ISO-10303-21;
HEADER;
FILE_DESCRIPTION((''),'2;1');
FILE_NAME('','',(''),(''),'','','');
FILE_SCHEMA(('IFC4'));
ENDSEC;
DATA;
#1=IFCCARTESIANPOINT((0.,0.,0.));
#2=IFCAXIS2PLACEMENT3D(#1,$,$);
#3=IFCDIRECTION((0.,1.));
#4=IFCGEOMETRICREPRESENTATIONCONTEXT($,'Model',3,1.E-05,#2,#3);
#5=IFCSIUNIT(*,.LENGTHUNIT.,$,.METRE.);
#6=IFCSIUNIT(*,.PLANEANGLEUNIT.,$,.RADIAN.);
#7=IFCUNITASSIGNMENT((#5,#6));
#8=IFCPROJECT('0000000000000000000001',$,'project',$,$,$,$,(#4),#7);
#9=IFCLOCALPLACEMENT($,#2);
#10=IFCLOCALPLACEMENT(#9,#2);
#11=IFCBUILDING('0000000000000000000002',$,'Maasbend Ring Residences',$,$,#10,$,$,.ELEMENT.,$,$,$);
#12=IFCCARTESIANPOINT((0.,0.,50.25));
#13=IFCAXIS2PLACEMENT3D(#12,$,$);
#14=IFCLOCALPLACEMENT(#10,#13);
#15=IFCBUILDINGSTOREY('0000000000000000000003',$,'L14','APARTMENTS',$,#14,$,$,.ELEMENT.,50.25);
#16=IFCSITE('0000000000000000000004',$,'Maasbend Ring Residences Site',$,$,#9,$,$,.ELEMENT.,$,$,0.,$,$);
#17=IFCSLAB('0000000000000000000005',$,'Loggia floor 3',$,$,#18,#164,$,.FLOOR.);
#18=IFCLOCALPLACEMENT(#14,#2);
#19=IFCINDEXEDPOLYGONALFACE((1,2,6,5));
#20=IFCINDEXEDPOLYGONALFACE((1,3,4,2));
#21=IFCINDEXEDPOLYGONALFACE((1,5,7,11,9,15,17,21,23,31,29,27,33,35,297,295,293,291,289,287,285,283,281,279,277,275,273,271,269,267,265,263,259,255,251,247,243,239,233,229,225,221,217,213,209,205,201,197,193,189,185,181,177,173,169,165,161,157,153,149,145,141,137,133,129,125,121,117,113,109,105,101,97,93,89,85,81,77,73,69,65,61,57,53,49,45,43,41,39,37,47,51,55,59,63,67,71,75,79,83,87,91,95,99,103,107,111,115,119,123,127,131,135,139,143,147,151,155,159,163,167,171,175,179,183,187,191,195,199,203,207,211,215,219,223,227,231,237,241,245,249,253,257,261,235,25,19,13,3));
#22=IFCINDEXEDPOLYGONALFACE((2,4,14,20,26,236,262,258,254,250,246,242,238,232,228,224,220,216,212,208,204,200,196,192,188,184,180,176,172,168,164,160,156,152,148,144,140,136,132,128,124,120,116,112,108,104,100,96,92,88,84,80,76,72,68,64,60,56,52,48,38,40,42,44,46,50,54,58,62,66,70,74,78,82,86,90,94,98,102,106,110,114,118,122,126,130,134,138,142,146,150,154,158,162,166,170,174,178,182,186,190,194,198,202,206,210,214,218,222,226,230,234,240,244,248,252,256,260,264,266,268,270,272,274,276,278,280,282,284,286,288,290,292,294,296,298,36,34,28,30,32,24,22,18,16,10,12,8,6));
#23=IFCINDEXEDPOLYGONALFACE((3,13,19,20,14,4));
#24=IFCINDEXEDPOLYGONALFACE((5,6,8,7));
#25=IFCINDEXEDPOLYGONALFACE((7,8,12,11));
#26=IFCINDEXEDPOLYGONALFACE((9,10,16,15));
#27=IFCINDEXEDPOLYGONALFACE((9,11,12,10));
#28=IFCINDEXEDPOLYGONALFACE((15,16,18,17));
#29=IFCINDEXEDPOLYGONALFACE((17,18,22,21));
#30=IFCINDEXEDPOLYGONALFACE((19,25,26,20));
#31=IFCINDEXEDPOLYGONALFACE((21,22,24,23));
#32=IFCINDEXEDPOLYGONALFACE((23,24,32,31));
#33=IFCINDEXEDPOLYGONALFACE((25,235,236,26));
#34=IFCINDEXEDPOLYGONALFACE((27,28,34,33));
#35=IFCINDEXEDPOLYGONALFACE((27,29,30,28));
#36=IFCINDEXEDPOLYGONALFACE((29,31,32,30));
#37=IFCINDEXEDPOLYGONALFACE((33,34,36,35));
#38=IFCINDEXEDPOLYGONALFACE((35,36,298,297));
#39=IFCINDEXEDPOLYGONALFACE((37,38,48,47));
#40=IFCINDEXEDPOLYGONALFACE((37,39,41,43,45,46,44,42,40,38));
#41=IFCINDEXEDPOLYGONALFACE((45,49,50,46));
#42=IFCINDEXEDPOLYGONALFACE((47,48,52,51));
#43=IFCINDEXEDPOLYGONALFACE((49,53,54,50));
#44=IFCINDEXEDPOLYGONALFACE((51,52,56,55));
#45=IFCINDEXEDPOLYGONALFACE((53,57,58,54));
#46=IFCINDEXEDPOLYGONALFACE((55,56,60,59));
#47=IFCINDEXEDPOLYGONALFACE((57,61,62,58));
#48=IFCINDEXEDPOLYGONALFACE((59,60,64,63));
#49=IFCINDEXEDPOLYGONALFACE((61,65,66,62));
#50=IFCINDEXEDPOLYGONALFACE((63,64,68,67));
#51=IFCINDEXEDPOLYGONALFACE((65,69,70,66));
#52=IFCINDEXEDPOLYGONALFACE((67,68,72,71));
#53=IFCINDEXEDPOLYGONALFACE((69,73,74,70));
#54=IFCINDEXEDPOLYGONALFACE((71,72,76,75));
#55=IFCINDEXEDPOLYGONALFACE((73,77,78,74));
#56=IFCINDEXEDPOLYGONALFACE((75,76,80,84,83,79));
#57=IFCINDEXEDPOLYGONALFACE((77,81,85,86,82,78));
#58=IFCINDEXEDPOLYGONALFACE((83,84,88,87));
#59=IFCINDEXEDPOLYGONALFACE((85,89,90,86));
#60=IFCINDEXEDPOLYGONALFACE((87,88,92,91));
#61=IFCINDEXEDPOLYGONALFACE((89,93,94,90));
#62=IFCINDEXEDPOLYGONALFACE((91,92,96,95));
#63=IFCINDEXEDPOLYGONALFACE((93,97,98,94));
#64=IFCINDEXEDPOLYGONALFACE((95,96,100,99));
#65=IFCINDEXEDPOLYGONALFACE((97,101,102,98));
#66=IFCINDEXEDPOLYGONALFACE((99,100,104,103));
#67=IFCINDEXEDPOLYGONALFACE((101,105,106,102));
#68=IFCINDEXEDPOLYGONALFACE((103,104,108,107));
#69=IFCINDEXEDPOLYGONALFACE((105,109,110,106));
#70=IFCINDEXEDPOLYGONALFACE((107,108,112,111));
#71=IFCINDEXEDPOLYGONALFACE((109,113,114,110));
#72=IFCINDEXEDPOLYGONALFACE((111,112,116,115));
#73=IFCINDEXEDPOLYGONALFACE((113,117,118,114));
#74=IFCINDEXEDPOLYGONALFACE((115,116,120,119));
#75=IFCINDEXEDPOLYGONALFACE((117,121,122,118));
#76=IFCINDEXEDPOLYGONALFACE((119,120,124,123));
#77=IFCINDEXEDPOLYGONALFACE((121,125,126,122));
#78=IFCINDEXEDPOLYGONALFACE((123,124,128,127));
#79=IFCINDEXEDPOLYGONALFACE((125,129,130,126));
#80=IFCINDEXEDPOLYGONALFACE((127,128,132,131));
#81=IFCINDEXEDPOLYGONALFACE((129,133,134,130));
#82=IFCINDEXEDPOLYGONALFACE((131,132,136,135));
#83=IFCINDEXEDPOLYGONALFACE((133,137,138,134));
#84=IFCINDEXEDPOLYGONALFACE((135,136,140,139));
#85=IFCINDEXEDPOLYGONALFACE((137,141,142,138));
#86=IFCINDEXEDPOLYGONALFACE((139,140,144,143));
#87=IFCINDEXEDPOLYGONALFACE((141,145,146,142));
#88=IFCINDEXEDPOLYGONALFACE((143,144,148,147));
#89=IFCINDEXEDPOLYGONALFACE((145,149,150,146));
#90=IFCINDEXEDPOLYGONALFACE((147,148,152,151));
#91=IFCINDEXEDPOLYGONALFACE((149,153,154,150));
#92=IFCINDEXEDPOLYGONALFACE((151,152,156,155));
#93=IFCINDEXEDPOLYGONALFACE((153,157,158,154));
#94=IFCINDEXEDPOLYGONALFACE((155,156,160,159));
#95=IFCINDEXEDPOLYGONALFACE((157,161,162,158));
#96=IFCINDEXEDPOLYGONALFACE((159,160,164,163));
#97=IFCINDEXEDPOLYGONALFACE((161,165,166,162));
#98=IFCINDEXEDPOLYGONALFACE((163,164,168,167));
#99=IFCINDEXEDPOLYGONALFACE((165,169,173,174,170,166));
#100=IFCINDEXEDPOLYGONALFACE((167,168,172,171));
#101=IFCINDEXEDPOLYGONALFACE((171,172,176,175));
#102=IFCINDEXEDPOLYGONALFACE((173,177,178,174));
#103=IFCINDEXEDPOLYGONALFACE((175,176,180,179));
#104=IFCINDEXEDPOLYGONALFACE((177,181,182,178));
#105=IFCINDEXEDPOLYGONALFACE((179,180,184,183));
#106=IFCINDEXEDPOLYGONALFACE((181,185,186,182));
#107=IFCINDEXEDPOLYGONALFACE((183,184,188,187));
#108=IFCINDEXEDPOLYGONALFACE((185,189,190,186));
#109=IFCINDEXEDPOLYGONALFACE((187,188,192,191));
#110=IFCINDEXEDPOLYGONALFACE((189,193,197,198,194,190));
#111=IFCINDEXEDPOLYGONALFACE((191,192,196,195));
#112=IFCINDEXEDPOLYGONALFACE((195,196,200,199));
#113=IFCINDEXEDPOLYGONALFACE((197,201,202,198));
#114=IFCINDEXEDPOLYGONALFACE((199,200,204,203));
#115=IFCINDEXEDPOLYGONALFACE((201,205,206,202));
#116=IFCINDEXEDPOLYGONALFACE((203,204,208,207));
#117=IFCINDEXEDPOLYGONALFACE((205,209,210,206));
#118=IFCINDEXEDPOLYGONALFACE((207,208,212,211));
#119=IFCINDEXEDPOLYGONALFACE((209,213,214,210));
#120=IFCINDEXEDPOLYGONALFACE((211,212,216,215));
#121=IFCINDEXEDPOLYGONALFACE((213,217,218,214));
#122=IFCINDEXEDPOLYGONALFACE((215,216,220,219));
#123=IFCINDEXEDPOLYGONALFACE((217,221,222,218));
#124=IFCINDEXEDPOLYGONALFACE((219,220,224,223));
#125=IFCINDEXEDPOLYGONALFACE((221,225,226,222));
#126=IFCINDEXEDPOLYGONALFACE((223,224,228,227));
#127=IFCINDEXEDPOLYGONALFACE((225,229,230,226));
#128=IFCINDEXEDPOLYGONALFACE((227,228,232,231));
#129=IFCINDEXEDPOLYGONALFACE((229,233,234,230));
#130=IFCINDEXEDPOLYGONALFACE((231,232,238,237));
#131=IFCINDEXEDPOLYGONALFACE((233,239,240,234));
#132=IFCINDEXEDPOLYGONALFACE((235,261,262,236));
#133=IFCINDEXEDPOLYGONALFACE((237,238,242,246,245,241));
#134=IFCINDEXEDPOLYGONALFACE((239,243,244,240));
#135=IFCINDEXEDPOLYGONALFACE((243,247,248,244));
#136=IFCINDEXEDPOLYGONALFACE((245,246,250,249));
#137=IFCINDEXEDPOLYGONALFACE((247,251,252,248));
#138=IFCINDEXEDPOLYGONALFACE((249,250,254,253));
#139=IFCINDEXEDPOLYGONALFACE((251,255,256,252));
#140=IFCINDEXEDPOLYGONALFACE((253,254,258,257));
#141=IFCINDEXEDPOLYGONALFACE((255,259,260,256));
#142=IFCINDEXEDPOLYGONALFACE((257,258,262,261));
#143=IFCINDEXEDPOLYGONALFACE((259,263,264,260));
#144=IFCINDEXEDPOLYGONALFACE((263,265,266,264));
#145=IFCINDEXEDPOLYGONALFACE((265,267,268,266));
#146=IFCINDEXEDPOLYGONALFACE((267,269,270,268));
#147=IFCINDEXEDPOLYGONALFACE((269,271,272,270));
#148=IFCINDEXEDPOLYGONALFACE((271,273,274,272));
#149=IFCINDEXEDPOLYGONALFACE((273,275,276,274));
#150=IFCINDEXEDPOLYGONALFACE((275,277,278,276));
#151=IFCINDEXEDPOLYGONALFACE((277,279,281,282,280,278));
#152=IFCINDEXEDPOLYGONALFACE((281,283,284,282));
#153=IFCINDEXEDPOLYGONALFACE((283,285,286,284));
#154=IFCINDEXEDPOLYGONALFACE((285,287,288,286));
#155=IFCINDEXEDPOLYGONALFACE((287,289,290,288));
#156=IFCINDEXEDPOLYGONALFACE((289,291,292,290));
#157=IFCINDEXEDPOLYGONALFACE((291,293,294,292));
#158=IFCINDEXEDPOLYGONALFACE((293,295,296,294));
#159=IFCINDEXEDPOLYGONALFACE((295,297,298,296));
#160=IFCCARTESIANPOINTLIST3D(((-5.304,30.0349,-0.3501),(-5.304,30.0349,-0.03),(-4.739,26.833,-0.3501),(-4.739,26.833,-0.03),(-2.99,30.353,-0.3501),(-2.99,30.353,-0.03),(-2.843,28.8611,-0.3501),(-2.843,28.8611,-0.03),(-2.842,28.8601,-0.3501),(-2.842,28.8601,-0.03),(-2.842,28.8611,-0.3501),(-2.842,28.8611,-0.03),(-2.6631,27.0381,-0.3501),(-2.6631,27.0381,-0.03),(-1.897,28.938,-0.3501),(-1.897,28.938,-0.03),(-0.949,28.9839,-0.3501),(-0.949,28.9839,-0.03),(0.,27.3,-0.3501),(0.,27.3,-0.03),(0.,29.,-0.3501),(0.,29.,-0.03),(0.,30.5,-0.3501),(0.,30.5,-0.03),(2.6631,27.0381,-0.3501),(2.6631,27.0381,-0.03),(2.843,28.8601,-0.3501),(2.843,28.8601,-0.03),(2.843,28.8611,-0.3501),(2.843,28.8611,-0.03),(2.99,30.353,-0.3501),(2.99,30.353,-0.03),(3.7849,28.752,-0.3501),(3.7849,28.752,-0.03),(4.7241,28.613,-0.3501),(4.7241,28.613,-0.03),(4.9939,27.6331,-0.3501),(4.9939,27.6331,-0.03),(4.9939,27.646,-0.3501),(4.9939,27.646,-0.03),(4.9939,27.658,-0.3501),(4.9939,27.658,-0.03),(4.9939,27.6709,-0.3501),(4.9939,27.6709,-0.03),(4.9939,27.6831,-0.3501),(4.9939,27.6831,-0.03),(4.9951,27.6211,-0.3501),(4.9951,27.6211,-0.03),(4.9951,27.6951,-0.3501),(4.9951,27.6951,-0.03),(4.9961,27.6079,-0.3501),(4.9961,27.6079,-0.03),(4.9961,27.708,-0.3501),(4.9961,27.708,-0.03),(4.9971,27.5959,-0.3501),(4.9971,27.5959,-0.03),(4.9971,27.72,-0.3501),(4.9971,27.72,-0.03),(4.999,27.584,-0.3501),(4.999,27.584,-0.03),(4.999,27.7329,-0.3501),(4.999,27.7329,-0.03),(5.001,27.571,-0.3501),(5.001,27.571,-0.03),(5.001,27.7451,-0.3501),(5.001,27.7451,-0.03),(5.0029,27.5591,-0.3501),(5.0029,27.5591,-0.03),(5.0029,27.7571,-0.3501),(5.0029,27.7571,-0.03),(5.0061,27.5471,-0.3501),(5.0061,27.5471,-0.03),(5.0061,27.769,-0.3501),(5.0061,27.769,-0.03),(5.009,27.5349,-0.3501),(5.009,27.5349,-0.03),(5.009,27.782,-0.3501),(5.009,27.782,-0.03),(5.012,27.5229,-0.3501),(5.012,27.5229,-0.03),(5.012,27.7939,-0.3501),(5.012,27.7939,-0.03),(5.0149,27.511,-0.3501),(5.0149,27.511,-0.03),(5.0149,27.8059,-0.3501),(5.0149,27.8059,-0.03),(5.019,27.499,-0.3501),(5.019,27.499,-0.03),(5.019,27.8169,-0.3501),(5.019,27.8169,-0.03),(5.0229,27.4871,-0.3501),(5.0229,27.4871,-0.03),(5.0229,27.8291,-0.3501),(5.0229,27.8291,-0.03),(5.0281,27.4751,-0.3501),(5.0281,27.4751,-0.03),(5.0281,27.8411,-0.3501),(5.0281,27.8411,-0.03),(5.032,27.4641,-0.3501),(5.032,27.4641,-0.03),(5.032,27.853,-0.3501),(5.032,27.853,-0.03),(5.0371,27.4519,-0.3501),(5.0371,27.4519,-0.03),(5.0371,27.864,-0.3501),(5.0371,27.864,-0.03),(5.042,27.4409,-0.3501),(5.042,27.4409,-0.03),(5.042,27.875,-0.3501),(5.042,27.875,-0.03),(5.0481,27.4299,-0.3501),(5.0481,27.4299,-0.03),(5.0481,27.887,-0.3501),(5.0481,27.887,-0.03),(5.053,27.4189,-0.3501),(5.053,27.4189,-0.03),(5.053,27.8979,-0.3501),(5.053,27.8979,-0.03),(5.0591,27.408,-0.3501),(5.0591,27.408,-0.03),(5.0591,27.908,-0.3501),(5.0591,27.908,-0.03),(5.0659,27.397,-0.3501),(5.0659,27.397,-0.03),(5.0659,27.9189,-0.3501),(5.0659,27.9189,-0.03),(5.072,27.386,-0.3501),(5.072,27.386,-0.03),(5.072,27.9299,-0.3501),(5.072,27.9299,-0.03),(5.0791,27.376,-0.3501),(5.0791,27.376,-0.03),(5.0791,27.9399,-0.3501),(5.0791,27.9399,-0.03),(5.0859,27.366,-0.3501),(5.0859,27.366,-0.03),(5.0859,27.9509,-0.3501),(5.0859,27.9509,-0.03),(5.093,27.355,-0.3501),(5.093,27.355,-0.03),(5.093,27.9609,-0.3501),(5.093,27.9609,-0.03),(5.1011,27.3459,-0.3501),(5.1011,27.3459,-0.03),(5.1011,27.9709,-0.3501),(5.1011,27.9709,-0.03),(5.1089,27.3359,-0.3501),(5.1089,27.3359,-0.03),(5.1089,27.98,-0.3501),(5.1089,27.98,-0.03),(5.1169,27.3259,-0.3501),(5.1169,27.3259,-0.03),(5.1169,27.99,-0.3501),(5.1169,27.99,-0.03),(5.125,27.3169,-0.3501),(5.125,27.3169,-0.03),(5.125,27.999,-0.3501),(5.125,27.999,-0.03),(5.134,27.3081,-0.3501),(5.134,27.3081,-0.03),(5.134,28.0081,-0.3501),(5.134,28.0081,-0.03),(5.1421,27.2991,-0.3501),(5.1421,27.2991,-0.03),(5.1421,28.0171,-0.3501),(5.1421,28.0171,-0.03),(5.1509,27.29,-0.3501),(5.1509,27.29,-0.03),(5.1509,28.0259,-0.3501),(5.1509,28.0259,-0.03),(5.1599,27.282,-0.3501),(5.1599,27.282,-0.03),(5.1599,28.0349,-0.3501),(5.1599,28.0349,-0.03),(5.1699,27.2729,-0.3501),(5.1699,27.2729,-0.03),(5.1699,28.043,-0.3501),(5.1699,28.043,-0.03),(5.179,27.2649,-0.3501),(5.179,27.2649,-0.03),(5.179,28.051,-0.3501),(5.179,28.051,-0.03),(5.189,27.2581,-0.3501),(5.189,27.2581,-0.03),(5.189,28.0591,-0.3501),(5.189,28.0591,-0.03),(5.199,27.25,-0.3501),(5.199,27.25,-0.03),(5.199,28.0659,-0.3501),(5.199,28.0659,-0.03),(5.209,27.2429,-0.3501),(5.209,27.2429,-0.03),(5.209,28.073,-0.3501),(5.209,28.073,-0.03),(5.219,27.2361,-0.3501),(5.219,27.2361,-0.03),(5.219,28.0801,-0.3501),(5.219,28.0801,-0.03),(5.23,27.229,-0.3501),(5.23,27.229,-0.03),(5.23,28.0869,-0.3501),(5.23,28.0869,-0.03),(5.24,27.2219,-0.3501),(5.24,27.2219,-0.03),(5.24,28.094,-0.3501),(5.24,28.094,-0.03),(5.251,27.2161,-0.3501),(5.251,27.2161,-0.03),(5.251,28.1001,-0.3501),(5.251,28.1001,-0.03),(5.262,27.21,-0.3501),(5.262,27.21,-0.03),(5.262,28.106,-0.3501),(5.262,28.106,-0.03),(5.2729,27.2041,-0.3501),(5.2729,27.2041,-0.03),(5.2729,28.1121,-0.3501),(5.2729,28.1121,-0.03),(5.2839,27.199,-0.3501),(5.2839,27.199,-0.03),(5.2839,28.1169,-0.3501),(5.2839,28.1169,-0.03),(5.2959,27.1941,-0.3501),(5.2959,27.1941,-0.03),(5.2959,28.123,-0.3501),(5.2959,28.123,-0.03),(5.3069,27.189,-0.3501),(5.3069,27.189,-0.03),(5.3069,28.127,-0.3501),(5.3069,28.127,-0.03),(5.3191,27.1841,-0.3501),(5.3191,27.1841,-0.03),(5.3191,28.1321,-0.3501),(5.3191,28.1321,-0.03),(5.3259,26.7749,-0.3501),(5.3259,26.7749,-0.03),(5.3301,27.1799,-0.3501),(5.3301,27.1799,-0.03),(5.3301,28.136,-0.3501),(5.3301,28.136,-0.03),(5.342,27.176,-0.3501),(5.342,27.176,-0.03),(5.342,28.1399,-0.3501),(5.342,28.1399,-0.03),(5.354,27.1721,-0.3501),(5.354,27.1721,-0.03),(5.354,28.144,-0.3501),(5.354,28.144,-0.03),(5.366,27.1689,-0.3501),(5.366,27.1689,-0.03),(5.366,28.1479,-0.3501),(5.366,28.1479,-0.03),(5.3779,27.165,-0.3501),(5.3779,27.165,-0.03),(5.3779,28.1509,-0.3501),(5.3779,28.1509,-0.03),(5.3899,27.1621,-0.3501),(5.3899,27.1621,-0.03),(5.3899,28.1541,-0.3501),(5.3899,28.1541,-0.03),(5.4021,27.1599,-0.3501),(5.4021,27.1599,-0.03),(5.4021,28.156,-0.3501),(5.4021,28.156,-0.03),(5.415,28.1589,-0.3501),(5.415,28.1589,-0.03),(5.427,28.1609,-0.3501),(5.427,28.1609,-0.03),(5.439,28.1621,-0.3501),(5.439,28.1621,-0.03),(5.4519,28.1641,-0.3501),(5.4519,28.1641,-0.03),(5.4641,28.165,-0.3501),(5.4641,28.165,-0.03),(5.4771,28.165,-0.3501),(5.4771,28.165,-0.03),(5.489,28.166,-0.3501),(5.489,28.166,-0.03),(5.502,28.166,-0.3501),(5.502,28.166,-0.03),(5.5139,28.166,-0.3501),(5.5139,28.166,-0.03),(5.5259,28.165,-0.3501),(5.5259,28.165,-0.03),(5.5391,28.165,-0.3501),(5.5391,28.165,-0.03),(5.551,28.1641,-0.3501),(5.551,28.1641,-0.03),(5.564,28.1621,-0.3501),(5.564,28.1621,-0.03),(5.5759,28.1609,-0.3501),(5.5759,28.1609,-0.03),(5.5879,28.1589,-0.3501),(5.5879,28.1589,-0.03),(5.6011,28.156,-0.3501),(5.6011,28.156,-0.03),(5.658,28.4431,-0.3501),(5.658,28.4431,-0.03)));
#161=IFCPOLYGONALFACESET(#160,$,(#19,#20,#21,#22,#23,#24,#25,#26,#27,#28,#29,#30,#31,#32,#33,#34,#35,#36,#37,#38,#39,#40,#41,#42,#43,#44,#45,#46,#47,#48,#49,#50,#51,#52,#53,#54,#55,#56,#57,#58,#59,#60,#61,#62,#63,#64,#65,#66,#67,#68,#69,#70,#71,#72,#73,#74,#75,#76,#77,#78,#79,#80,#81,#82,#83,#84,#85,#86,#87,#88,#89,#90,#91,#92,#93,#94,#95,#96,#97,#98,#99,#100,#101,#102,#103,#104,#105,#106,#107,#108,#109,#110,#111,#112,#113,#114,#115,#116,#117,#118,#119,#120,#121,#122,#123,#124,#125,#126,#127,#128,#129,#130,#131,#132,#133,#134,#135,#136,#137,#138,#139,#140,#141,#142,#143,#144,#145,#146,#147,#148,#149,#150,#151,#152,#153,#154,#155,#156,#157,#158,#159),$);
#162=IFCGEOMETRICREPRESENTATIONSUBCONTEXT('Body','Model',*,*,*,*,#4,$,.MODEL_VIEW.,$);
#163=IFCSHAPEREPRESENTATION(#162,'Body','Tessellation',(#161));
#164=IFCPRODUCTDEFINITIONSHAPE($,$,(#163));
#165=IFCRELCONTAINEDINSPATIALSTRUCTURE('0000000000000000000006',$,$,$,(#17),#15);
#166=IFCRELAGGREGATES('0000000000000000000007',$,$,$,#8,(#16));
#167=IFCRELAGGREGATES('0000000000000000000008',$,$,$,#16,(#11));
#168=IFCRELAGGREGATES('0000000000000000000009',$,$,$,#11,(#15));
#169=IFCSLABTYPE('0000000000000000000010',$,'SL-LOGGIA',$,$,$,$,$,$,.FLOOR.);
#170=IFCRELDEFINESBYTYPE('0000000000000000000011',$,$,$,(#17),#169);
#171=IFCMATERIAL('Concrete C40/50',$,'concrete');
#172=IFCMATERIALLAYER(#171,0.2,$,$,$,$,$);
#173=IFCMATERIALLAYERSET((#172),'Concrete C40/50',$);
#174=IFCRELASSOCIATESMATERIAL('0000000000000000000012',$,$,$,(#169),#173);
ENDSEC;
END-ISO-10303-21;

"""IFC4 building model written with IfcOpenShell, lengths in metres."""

from ifc_helpers import new_model, si_unit, direction, frame, origin, place, context, subcontext, project, spatial, polyline, outline, extrude, material, layer, layer_set, type_object, element, save


model = new_model("IFC4")

# Units and contexts
model_context = context("Model", 3, precision=1e-05, world=origin(), true_north=direction((0.0, 1.0)))
body_context = subcontext(model_context, "Body", "Model", "MODEL_VIEW")
ifc_project = project(units=[si_unit("LENGTHUNIT", "METRE"), si_unit("PLANEANGLEUNIT", "RADIAN")], contexts=[model_context])

# Site, building, storey
site_placement = place(None, origin())
site = spatial("IfcSite", under=ifc_project, at=site_placement, Name="Maasbend Ring Residences Site", CompositionType="ELEMENT", RefElevation=0.0)
building_placement = place(site_placement, origin())
building = spatial("IfcBuilding", under=site, at=building_placement, Name="Maasbend Ring Residences", CompositionType="ELEMENT")
storey_placement = place(building_placement, frame((0.0, 0.0, 50.25)))
storey = spatial("IfcBuildingStorey", under=building, at=storey_placement, Name="L14", Description="APARTMENTS", CompositionType="ELEMENT", Elevation=50.25)

# Slab
ifc_material_1 = material(Name="Concrete C40/50", Category="concrete")
ifc_layer_1 = layer(ifc_material_1, 0.2)
ifc_layer_set_1 = layer_set([ifc_layer_1], Name="Concrete C40/50")
slab_type_1 = type_object("IfcSlabType", Name="SL-LOGGIA", PredefinedType="FLOOR", material=ifc_layer_set_1)
slab_1_placement = place(storey_placement, frame((0.0, 0.0, -0.3501)))
element("IfcSlab", 1, at=slab_1_placement, inside=storey, type_object=slab_type_1, Name="Loggia floor 3", PredefinedType="FLOOR", context=body_context, shape_type="SweptSolid", body=[
    extrude(outline(polyline([(-2.843, 28.8611), (-2.843, 28.8611), (-2.843, 28.8611), (-2.843, 28.8611), (-2.842, 28.8611), (-2.842, 28.8611), (-2.842, 28.8611), (-2.842, 28.8611), (-2.842, 28.8611), (-2.842, 28.8601), (-2.842, 28.8601), (-2.842, 28.8601), (-2.842, 28.8601), (-2.842, 28.8601), (-2.842, 28.8601), (-2.842, 28.8601), (-2.842, 28.8601), (-1.897, 28.938), (-1.897, 28.938), (-0.949, 28.9839), (-0.949, 28.9839), (0.0, 29.0), (0.0, 29.0), (0.0, 29.0), (0.0, 29.0), (0.0, 29.0), (0.0, 29.0), (0.0, 29.0), (0.0, 29.0), (0.0, 29.0), (0.0, 29.0), (0.0, 29.0), (0.0, 29.0), (0.0, 29.0), (0.0, 29.0), (0.0, 29.0), (0.0, 29.0), (0.0, 29.0), (0.0, 30.5), (0.0, 30.5), (0.0, 30.5), (2.99, 30.353), (2.99, 30.353), (2.99, 30.353), (2.843, 28.8611), (2.843, 28.8611), (2.843, 28.8611), (2.843, 28.8611), (2.843, 28.8611), (2.843, 28.8611), (2.843, 28.8611), (2.843, 28.8611), (2.843, 28.8601), (2.843, 28.8601), (2.843, 28.8601), (2.843, 28.8601), (2.843, 28.8601), (2.843, 28.8601), (2.843, 28.8601), (2.843, 28.8601), (2.843, 28.8601), (3.7849, 28.752), (3.7849, 28.752), (4.7241, 28.613), (4.7241, 28.613), (5.658, 28.4431), (5.658, 28.4431), (5.658, 28.4431), (5.6011, 28.156), (5.6011, 28.156), (5.5879, 28.1589), (5.5759, 28.1609), (5.564, 28.1621), (5.551, 28.1641), (5.5391, 28.165), (5.5259, 28.165), (5.5139, 28.166), (5.502, 28.166), (5.489, 28.166), (5.4771, 28.165), (5.4641, 28.165), (5.4519, 28.1641), (5.439, 28.1621), (5.427, 28.1609), (5.415, 28.1589), (5.4021, 28.156), (5.3899, 28.1541), (5.3779, 28.1509), (5.366, 28.1479), (5.354, 28.144), (5.342, 28.1399), (5.3301, 28.136), (5.3191, 28.1321), (5.3069, 28.127), (5.2959, 28.123), (5.2839, 28.1169), (5.2729, 28.1121), (5.262, 28.106), (5.251, 28.1001), (5.24, 28.094), (5.23, 28.0869), (5.219, 28.0801), (5.209, 28.073), (5.199, 28.0659), (5.189, 28.0591), (5.179, 28.051), (5.1699, 28.043), (5.1599, 28.0349), (5.1509, 28.0259), (5.1421, 28.0171), (5.134, 28.0081), (5.125, 27.999), (5.1169, 27.99), (5.1089, 27.98), (5.1011, 27.9709), (5.093, 27.9609), (5.0859, 27.9509), (5.0791, 27.9399), (5.072, 27.9299), (5.0659, 27.9189), (5.0591, 27.908), (5.053, 27.8979), (5.0481, 27.887), (5.042, 27.875), (5.0371, 27.864), (5.032, 27.853), (5.0281, 27.8411), (5.0229, 27.8291), (5.019, 27.8169), (5.0149, 27.8059), (5.012, 27.7939), (5.009, 27.782), (5.0061, 27.769), (5.0029, 27.7571), (5.001, 27.7451), (4.999, 27.7329), (4.9971, 27.72), (4.9961, 27.708), (4.9951, 27.6951), (4.9939, 27.6831), (4.9939, 27.6709), (4.9939, 27.658), (4.9939, 27.646), (4.9939, 27.6331), (4.9951, 27.6211), (4.9961, 27.6079), (4.9971, 27.5959), (4.999, 27.584), (5.001, 27.571), (5.0029, 27.5591), (5.0061, 27.5471), (5.009, 27.5349), (5.012, 27.5229), (5.0149, 27.511), (5.019, 27.499), (5.0229, 27.4871), (5.0281, 27.4751), (5.032, 27.4641), (5.0371, 27.4519), (5.042, 27.4409), (5.0481, 27.4299), (5.053, 27.4189), (5.0591, 27.408), (5.0659, 27.397), (5.072, 27.386), (5.0791, 27.376), (5.0859, 27.366), (5.093, 27.355), (5.1011, 27.3459), (5.1089, 27.3359), (5.1169, 27.3259), (5.125, 27.3169), (5.134, 27.3081), (5.1421, 27.2991), (5.1509, 27.29), (5.1599, 27.282), (5.1699, 27.2729), (5.179, 27.2649), (5.189, 27.2581), (5.199, 27.25), (5.209, 27.2429), (5.219, 27.2361), (5.23, 27.229), (5.24, 27.2219), (5.251, 27.2161), (5.262, 27.21), (5.2729, 27.2041), (5.2839, 27.199), (5.2959, 27.1941), (5.3069, 27.189), (5.3191, 27.1841), (5.3301, 27.1799), (5.342, 27.176), (5.354, 27.1721), (5.366, 27.1689), (5.3779, 27.165), (5.3899, 27.1621), (5.4021, 27.1599), (5.4021, 27.1599), (5.3259, 26.7749), (5.3259, 26.7749), (5.3259, 26.7749), (2.6631, 27.0381), (0.0, 27.3), (0.0, 27.3), (0.0, 27.3), (-2.6631, 27.0381), (-4.739, 26.833), (-4.739, 26.833), (-4.739, 26.833), (-5.304, 30.0349), (-5.304, 30.0349), (-5.304, 30.0349), (-2.99, 30.353), (-2.99, 30.353), (-2.99, 30.353), (-2.843, 28.8611)])), origin(), (0.0, 0.0, 1.0), 0.3201),
])

save(model, "model.ifc")
